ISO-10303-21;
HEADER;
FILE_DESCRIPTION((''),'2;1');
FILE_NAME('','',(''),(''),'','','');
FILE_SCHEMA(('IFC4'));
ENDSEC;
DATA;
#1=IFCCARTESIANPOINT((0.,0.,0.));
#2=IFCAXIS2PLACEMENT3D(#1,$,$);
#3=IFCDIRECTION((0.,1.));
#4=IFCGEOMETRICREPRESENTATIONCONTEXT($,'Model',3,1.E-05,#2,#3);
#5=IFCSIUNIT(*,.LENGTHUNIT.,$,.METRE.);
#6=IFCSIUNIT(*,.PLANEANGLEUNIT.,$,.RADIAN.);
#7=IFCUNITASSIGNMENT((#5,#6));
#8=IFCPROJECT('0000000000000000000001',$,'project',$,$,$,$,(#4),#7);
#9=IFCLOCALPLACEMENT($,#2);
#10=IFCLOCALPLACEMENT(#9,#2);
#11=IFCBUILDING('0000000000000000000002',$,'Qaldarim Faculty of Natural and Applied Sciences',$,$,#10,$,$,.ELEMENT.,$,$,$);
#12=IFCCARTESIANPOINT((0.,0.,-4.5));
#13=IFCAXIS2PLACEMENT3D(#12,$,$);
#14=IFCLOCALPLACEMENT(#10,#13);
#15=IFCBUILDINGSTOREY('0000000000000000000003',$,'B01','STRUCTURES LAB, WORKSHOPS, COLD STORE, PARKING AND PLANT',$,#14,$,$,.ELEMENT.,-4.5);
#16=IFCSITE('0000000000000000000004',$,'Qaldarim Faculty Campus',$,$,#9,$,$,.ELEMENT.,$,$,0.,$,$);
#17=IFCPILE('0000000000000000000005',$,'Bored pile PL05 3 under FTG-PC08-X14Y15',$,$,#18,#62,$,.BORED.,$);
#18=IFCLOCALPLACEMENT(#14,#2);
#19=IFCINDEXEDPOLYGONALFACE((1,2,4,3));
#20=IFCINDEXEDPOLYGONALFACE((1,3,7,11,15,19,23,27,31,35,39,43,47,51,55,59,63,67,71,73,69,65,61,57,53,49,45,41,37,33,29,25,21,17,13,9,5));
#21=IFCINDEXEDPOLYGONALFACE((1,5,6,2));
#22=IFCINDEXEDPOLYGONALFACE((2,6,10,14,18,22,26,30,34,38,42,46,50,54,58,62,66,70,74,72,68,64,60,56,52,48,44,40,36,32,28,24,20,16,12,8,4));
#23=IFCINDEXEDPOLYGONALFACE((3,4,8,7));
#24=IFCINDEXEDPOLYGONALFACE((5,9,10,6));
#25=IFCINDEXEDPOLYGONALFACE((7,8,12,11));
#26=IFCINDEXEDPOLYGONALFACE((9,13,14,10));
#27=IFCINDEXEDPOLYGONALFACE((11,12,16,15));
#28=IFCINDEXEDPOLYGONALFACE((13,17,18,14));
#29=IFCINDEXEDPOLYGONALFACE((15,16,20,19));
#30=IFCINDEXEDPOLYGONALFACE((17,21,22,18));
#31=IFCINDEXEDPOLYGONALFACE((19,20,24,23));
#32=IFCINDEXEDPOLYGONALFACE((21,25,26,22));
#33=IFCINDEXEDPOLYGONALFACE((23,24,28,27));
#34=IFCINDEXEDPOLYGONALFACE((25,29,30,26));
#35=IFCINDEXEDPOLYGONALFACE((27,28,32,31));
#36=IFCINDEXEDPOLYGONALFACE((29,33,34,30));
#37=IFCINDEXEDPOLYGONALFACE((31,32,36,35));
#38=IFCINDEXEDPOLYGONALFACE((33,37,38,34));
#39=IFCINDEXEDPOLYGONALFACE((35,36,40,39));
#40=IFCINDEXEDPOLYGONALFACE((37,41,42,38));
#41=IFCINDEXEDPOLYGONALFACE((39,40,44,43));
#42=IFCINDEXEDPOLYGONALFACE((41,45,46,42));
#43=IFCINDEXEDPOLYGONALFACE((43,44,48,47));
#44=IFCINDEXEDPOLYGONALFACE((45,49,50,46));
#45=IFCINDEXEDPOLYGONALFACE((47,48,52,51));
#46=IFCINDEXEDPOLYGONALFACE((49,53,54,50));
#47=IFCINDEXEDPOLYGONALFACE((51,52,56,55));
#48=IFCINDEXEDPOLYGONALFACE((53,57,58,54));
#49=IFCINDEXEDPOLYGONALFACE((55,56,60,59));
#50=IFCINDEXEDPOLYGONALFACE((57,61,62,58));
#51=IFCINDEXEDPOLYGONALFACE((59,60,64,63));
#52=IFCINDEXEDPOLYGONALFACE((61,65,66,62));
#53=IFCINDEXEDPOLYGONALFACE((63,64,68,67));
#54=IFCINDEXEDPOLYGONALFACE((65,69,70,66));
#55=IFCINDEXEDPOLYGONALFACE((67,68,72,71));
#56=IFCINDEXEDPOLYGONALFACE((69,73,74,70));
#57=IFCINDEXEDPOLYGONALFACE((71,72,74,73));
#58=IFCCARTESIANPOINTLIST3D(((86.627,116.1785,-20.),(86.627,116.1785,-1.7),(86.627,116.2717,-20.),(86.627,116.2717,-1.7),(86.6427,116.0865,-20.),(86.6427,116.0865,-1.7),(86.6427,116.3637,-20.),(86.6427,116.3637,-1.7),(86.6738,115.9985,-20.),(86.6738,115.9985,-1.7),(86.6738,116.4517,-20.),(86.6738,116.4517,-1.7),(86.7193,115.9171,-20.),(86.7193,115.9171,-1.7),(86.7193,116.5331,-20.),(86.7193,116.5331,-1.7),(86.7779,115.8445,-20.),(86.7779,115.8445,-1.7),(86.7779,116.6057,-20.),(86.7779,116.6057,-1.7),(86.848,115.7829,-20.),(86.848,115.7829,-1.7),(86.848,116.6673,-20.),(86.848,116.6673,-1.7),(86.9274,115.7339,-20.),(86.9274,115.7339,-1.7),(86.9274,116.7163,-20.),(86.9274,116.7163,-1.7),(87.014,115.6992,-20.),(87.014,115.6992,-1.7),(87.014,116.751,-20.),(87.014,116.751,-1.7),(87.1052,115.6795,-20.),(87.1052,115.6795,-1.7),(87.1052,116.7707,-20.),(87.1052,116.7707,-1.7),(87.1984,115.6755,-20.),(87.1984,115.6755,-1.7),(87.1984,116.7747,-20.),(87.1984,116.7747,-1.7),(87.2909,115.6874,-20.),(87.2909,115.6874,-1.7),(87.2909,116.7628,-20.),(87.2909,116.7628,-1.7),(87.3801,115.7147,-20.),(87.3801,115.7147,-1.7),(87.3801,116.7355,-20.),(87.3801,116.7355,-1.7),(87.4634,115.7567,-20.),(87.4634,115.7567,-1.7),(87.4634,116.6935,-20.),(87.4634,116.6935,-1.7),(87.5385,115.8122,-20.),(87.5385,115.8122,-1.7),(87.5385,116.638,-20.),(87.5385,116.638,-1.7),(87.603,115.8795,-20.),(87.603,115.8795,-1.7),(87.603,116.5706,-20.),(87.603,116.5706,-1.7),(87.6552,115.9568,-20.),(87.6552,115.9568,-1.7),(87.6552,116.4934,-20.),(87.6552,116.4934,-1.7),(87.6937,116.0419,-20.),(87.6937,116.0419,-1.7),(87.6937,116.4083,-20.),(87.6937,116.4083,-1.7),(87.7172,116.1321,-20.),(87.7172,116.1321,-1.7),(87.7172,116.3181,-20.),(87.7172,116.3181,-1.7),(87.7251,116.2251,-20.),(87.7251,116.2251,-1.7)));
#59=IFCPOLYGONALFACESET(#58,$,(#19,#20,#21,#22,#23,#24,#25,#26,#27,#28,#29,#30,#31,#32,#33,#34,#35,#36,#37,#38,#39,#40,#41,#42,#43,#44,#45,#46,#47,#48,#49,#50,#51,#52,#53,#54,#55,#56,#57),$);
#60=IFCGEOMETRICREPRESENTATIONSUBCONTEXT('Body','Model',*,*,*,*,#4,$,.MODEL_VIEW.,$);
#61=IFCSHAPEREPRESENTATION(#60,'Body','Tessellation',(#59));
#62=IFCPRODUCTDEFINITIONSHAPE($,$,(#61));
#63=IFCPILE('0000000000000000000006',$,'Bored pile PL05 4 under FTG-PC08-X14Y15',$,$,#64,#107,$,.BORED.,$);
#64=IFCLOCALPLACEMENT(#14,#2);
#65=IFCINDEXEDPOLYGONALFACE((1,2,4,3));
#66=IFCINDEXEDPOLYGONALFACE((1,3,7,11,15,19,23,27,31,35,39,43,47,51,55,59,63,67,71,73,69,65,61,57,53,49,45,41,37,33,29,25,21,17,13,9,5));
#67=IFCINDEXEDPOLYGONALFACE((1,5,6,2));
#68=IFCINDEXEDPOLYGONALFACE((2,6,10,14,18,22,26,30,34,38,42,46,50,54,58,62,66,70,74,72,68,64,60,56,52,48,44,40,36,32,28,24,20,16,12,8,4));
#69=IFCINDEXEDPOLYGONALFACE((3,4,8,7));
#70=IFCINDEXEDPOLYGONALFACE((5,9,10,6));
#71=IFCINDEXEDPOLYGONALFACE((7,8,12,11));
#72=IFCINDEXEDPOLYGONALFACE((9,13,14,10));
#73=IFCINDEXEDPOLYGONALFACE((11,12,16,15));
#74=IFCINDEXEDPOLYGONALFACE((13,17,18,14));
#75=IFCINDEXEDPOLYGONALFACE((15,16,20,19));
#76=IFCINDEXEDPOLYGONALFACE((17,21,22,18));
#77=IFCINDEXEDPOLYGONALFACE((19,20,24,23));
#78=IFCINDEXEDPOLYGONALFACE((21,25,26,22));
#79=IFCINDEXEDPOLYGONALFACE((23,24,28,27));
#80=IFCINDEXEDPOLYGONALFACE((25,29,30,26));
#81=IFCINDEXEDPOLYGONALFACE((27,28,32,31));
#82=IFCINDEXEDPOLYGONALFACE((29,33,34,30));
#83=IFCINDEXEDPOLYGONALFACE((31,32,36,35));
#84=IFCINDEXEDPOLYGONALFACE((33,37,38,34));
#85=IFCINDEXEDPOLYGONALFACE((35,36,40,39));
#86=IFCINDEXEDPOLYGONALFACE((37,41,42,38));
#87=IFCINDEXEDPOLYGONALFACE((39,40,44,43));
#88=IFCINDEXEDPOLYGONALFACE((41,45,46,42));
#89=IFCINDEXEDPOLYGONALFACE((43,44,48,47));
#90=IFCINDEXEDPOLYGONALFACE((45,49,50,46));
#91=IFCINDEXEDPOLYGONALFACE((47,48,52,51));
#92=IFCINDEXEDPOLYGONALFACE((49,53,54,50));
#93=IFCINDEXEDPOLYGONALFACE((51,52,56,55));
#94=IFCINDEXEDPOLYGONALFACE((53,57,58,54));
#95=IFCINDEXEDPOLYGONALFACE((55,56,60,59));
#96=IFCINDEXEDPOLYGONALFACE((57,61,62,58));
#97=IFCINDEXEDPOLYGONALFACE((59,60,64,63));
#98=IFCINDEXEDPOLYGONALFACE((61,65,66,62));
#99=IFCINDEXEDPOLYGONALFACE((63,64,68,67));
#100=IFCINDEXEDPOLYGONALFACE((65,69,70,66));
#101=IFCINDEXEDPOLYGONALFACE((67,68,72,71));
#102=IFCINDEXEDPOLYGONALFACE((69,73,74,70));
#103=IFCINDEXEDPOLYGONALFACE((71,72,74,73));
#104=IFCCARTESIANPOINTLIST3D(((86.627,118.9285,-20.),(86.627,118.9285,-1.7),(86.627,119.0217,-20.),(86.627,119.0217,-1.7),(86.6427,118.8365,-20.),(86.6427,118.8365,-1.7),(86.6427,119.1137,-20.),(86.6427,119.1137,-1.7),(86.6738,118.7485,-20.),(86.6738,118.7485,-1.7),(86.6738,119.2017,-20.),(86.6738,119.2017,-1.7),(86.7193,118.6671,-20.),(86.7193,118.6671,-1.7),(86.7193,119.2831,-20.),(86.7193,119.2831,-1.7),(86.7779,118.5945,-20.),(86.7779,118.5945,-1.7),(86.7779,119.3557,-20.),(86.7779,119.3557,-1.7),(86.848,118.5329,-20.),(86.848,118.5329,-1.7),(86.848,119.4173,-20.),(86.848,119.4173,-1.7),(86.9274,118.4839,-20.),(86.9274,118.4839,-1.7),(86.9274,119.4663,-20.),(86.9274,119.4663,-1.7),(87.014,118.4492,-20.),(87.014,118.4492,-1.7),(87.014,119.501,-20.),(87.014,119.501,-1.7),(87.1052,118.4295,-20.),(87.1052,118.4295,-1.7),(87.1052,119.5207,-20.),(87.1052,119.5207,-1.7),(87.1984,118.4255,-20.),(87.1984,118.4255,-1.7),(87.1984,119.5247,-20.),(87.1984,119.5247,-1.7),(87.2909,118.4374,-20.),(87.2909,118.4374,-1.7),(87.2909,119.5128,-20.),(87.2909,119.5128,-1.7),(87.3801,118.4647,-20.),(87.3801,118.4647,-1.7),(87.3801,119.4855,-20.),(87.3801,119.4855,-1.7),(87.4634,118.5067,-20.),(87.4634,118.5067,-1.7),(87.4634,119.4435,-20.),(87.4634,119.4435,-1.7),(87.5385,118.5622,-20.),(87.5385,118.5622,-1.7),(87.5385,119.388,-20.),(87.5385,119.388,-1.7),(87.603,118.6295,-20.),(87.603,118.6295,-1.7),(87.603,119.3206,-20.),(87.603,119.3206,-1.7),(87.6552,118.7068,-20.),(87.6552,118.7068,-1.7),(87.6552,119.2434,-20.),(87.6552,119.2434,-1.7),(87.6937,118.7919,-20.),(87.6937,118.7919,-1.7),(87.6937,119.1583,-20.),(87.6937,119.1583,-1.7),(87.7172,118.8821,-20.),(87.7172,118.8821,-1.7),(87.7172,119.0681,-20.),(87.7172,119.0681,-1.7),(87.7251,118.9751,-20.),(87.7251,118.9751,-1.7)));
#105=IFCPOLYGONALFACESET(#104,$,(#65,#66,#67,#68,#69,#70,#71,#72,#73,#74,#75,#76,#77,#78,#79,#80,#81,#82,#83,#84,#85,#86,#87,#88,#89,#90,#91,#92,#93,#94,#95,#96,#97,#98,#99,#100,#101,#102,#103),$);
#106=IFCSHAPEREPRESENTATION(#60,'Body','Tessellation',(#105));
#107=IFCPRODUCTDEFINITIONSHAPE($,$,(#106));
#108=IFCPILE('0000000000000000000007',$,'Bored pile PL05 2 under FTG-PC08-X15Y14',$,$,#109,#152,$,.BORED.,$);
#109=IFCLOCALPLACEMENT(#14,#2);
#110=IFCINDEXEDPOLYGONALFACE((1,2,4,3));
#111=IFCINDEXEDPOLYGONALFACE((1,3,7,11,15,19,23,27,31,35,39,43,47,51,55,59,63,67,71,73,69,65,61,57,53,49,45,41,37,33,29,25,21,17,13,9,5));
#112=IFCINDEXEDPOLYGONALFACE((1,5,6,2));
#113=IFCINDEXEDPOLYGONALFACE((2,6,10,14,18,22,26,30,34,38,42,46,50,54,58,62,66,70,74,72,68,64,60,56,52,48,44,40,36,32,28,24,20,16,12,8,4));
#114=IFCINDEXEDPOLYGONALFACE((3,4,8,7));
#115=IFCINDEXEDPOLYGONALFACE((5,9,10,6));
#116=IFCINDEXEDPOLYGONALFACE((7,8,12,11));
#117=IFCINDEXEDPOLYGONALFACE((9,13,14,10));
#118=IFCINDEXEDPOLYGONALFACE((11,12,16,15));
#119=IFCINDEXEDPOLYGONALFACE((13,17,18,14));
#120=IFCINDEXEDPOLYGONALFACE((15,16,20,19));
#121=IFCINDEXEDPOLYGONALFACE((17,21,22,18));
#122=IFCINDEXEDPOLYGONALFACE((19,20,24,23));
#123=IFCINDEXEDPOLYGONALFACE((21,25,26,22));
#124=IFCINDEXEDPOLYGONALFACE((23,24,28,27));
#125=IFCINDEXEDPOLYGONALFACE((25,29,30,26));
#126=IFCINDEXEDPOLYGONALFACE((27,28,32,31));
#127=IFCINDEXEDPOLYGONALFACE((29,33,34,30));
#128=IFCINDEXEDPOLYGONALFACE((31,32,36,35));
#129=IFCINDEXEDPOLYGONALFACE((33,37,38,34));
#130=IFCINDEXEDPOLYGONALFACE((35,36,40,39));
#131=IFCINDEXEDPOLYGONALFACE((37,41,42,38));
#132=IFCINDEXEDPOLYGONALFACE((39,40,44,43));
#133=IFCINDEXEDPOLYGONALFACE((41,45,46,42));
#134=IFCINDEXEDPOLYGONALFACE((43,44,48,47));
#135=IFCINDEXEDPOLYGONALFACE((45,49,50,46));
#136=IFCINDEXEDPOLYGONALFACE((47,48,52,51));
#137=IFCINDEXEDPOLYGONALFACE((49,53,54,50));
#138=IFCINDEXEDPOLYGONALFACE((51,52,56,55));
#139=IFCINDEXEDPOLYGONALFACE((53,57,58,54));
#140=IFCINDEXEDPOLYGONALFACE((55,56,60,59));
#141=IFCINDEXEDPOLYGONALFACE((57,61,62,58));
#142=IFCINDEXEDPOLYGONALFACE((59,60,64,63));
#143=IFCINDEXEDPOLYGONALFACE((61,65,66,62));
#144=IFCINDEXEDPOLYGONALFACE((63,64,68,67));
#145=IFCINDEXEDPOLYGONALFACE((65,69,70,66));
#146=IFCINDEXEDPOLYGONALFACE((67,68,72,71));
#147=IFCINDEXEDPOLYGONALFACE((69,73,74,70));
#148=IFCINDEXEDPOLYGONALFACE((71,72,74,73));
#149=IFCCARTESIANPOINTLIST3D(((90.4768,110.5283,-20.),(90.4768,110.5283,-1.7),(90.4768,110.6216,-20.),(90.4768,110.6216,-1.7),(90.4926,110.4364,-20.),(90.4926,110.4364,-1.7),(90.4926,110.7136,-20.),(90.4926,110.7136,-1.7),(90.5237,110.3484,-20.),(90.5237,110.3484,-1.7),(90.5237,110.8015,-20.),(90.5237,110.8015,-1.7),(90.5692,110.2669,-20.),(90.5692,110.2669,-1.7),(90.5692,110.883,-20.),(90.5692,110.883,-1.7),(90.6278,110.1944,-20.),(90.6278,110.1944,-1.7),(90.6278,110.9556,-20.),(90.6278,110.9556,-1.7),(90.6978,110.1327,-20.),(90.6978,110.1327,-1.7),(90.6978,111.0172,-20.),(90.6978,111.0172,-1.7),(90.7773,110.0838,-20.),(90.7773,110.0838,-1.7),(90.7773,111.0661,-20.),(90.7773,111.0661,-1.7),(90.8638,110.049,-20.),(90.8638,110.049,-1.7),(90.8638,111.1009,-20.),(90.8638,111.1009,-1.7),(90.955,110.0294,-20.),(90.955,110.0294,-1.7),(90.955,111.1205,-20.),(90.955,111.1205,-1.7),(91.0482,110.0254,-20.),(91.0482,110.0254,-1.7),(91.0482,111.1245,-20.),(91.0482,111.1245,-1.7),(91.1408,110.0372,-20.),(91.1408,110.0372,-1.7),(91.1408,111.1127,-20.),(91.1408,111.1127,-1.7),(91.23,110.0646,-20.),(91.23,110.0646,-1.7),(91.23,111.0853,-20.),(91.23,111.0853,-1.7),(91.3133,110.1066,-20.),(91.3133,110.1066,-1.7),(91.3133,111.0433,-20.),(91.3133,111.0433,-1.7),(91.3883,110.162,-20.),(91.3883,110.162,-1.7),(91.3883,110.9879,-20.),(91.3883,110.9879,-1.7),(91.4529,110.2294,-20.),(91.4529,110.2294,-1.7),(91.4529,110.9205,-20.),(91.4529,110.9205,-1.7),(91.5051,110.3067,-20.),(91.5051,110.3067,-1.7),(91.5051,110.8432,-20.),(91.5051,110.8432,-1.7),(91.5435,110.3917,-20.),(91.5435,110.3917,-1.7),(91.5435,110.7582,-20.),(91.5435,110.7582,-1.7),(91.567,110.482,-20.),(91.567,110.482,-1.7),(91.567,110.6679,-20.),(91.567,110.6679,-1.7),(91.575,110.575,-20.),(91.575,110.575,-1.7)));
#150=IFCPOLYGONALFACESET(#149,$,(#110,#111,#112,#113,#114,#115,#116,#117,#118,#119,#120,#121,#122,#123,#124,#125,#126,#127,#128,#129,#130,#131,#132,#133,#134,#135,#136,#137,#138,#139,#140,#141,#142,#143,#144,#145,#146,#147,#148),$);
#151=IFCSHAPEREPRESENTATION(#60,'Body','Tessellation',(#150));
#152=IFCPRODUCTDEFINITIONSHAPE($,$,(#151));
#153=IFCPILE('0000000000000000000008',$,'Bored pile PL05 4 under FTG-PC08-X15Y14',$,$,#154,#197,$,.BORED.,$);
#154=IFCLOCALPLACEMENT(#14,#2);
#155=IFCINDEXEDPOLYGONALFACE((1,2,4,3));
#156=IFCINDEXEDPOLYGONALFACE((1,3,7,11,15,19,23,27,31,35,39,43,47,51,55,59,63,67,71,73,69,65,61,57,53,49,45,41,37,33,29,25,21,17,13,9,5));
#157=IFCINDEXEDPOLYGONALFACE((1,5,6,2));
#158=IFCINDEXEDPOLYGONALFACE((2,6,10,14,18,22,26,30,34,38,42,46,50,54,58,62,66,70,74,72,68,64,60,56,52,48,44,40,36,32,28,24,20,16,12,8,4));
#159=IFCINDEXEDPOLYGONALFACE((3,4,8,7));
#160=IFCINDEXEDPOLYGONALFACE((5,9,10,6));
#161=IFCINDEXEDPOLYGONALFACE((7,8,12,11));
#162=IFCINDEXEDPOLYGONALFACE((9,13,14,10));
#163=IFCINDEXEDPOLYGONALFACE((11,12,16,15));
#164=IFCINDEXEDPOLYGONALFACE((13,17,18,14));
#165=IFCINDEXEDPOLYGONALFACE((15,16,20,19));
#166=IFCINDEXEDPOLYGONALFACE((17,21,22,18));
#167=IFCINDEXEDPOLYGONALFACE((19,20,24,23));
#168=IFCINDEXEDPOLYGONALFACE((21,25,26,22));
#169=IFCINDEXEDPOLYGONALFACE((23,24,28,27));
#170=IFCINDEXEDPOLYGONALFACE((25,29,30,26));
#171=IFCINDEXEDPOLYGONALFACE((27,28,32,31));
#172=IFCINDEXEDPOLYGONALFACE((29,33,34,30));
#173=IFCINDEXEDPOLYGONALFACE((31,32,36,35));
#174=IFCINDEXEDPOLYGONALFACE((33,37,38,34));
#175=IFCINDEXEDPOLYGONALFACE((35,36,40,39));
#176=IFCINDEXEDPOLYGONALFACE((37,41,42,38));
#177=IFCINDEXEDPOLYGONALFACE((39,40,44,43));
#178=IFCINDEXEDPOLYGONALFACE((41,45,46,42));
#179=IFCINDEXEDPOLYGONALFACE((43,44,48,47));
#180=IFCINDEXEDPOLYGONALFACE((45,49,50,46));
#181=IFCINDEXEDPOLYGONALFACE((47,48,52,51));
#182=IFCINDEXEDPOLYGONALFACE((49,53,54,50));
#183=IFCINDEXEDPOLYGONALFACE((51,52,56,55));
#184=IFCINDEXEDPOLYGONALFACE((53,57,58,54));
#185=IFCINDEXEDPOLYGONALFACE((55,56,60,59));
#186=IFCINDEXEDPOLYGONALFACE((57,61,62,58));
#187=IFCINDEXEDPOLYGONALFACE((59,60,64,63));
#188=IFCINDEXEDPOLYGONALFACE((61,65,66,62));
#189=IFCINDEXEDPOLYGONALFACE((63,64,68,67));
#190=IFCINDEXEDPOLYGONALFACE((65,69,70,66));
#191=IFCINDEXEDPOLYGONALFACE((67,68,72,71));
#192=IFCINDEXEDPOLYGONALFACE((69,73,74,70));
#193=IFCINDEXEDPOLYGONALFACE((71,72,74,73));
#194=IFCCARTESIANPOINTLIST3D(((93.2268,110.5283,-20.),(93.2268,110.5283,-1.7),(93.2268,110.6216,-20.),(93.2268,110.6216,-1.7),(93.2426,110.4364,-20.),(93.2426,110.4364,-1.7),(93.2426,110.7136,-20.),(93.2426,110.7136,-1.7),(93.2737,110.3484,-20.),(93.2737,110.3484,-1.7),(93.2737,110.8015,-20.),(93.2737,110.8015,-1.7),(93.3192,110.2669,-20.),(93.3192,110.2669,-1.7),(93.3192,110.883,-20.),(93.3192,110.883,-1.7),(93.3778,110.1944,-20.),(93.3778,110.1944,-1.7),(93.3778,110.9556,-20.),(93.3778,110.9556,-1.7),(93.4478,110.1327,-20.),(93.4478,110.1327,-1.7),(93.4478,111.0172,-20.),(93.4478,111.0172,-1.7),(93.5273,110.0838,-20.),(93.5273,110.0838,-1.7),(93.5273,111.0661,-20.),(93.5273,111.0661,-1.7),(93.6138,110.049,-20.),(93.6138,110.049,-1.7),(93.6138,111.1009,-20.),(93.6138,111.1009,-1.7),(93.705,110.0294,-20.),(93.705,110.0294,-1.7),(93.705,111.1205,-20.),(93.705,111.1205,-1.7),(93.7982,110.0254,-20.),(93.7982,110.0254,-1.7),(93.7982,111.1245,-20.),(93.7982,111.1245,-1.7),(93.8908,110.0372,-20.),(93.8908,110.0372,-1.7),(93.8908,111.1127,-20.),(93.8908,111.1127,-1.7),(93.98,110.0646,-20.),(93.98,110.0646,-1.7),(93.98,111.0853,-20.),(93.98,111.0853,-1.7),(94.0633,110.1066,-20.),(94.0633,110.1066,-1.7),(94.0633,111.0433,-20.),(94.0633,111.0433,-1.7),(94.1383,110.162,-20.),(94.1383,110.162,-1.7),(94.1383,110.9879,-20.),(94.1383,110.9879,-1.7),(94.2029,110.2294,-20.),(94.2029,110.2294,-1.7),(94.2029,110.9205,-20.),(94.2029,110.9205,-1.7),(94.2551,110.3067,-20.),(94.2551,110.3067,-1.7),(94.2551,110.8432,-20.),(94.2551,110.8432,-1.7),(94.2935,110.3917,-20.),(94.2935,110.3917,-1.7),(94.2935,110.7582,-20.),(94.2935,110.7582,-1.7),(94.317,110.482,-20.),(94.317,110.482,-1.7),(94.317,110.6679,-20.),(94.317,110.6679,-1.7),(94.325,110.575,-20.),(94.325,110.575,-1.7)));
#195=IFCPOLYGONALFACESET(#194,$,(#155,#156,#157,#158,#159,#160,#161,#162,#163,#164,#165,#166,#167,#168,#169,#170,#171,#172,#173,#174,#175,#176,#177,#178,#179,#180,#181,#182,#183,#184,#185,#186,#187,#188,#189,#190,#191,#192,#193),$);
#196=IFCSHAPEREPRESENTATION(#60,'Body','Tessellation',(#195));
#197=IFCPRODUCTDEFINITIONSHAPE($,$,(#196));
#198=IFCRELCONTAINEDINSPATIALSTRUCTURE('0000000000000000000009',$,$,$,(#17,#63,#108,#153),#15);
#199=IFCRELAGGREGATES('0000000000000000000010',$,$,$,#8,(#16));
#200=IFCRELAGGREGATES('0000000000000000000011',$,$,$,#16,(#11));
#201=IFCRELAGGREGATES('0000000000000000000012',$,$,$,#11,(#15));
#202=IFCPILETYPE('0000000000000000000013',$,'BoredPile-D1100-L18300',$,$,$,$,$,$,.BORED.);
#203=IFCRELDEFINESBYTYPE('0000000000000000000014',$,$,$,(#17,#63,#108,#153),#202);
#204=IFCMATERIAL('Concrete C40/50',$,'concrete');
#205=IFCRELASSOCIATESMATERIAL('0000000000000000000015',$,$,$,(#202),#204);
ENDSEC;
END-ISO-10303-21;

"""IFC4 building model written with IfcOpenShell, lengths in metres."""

from ifc_helpers import new_model, si_unit, direction, frame, origin, origin_2d, place, context, subcontext, project, spatial, circle, extrude, material, material_profile, profile_set, type_object, element, save


model = new_model("IFC4")

# Units and contexts
model_context = context("Model", 3, precision=1e-05, world=origin(), true_north=direction((0.0, 1.0)))
body_context = subcontext(model_context, "Body", "Model", "MODEL_VIEW")
ifc_project = project(units=[si_unit("LENGTHUNIT", "METRE"), si_unit("PLANEANGLEUNIT", "RADIAN")], contexts=[model_context])

# Site, building, storey
site_placement = place(None, origin())
site = spatial("IfcSite", under=ifc_project, at=site_placement, Name="Qaldarim Faculty Campus", CompositionType="ELEMENT", RefElevation=0.0)
building_placement = place(site_placement, origin())
building = spatial("IfcBuilding", under=site, at=building_placement, Name="Qaldarim Faculty of Natural and Applied Sciences", CompositionType="ELEMENT")
storey_placement = place(building_placement, frame((0.0, 0.0, -4.5)))
storey = spatial("IfcBuildingStorey", under=building, at=storey_placement, Name="B01", Description="STRUCTURES LAB, WORKSHOPS, COLD STORE, PARKING AND PLANT", CompositionType="ELEMENT", Elevation=-4.5)

# Piles
ifc_material_1 = material(Name="Concrete C40/50", Category="concrete")
ifc_material_profile_1 = material_profile(ifc_material_1, circle(Radius=0.55, at=origin_2d()), Name="PILE-D1100")
ifc_profile_set_1 = profile_set([ifc_material_profile_1], Name="Concrete C40/50")
pile_type_1 = type_object("IfcPileType", Name="BoredPile-D1100-L18300", PredefinedType="BORED", material=ifc_profile_set_1)
for number, where, z_axis, x_axis, name in (
    (1, (87.175, 116.2251, -1.7), (0.0, 0.0, -1.0), (1.0, 0.0, 0.0), "Bored pile PL05 3 under FTG-PC08-X14Y15"),
    (2, (87.175, 118.9751, -1.7), (0.0, 0.0, -1.0), (1.0, 0.0, 0.0), "Bored pile PL05 4 under FTG-PC08-X14Y15"),
    (3, (91.0249, 110.575, -1.7), (0.0, 0.0, -1.0), (1.0, 0.0, 0.0), "Bored pile PL05 2 under FTG-PC08-X15Y14"),
    (4, (93.7749, 110.575, -1.7), (0.0, 0.0, -1.0), (1.0, 0.0, 0.0), "Bored pile PL05 4 under FTG-PC08-X15Y14"),
):
    element("IfcPile", number, at=place(storey_placement, frame(where, z_axis=z_axis, x_axis=x_axis)), inside=storey, type_object=pile_type_1, Name=name, PredefinedType="BORED", context=body_context, shape_type="SweptSolid", body=[
        extrude(circle(Radius=0.55, at=origin_2d()), origin(), (0.0, 0.0, 1.0), 18.3),
    ])

save(model, "model.ifc")
